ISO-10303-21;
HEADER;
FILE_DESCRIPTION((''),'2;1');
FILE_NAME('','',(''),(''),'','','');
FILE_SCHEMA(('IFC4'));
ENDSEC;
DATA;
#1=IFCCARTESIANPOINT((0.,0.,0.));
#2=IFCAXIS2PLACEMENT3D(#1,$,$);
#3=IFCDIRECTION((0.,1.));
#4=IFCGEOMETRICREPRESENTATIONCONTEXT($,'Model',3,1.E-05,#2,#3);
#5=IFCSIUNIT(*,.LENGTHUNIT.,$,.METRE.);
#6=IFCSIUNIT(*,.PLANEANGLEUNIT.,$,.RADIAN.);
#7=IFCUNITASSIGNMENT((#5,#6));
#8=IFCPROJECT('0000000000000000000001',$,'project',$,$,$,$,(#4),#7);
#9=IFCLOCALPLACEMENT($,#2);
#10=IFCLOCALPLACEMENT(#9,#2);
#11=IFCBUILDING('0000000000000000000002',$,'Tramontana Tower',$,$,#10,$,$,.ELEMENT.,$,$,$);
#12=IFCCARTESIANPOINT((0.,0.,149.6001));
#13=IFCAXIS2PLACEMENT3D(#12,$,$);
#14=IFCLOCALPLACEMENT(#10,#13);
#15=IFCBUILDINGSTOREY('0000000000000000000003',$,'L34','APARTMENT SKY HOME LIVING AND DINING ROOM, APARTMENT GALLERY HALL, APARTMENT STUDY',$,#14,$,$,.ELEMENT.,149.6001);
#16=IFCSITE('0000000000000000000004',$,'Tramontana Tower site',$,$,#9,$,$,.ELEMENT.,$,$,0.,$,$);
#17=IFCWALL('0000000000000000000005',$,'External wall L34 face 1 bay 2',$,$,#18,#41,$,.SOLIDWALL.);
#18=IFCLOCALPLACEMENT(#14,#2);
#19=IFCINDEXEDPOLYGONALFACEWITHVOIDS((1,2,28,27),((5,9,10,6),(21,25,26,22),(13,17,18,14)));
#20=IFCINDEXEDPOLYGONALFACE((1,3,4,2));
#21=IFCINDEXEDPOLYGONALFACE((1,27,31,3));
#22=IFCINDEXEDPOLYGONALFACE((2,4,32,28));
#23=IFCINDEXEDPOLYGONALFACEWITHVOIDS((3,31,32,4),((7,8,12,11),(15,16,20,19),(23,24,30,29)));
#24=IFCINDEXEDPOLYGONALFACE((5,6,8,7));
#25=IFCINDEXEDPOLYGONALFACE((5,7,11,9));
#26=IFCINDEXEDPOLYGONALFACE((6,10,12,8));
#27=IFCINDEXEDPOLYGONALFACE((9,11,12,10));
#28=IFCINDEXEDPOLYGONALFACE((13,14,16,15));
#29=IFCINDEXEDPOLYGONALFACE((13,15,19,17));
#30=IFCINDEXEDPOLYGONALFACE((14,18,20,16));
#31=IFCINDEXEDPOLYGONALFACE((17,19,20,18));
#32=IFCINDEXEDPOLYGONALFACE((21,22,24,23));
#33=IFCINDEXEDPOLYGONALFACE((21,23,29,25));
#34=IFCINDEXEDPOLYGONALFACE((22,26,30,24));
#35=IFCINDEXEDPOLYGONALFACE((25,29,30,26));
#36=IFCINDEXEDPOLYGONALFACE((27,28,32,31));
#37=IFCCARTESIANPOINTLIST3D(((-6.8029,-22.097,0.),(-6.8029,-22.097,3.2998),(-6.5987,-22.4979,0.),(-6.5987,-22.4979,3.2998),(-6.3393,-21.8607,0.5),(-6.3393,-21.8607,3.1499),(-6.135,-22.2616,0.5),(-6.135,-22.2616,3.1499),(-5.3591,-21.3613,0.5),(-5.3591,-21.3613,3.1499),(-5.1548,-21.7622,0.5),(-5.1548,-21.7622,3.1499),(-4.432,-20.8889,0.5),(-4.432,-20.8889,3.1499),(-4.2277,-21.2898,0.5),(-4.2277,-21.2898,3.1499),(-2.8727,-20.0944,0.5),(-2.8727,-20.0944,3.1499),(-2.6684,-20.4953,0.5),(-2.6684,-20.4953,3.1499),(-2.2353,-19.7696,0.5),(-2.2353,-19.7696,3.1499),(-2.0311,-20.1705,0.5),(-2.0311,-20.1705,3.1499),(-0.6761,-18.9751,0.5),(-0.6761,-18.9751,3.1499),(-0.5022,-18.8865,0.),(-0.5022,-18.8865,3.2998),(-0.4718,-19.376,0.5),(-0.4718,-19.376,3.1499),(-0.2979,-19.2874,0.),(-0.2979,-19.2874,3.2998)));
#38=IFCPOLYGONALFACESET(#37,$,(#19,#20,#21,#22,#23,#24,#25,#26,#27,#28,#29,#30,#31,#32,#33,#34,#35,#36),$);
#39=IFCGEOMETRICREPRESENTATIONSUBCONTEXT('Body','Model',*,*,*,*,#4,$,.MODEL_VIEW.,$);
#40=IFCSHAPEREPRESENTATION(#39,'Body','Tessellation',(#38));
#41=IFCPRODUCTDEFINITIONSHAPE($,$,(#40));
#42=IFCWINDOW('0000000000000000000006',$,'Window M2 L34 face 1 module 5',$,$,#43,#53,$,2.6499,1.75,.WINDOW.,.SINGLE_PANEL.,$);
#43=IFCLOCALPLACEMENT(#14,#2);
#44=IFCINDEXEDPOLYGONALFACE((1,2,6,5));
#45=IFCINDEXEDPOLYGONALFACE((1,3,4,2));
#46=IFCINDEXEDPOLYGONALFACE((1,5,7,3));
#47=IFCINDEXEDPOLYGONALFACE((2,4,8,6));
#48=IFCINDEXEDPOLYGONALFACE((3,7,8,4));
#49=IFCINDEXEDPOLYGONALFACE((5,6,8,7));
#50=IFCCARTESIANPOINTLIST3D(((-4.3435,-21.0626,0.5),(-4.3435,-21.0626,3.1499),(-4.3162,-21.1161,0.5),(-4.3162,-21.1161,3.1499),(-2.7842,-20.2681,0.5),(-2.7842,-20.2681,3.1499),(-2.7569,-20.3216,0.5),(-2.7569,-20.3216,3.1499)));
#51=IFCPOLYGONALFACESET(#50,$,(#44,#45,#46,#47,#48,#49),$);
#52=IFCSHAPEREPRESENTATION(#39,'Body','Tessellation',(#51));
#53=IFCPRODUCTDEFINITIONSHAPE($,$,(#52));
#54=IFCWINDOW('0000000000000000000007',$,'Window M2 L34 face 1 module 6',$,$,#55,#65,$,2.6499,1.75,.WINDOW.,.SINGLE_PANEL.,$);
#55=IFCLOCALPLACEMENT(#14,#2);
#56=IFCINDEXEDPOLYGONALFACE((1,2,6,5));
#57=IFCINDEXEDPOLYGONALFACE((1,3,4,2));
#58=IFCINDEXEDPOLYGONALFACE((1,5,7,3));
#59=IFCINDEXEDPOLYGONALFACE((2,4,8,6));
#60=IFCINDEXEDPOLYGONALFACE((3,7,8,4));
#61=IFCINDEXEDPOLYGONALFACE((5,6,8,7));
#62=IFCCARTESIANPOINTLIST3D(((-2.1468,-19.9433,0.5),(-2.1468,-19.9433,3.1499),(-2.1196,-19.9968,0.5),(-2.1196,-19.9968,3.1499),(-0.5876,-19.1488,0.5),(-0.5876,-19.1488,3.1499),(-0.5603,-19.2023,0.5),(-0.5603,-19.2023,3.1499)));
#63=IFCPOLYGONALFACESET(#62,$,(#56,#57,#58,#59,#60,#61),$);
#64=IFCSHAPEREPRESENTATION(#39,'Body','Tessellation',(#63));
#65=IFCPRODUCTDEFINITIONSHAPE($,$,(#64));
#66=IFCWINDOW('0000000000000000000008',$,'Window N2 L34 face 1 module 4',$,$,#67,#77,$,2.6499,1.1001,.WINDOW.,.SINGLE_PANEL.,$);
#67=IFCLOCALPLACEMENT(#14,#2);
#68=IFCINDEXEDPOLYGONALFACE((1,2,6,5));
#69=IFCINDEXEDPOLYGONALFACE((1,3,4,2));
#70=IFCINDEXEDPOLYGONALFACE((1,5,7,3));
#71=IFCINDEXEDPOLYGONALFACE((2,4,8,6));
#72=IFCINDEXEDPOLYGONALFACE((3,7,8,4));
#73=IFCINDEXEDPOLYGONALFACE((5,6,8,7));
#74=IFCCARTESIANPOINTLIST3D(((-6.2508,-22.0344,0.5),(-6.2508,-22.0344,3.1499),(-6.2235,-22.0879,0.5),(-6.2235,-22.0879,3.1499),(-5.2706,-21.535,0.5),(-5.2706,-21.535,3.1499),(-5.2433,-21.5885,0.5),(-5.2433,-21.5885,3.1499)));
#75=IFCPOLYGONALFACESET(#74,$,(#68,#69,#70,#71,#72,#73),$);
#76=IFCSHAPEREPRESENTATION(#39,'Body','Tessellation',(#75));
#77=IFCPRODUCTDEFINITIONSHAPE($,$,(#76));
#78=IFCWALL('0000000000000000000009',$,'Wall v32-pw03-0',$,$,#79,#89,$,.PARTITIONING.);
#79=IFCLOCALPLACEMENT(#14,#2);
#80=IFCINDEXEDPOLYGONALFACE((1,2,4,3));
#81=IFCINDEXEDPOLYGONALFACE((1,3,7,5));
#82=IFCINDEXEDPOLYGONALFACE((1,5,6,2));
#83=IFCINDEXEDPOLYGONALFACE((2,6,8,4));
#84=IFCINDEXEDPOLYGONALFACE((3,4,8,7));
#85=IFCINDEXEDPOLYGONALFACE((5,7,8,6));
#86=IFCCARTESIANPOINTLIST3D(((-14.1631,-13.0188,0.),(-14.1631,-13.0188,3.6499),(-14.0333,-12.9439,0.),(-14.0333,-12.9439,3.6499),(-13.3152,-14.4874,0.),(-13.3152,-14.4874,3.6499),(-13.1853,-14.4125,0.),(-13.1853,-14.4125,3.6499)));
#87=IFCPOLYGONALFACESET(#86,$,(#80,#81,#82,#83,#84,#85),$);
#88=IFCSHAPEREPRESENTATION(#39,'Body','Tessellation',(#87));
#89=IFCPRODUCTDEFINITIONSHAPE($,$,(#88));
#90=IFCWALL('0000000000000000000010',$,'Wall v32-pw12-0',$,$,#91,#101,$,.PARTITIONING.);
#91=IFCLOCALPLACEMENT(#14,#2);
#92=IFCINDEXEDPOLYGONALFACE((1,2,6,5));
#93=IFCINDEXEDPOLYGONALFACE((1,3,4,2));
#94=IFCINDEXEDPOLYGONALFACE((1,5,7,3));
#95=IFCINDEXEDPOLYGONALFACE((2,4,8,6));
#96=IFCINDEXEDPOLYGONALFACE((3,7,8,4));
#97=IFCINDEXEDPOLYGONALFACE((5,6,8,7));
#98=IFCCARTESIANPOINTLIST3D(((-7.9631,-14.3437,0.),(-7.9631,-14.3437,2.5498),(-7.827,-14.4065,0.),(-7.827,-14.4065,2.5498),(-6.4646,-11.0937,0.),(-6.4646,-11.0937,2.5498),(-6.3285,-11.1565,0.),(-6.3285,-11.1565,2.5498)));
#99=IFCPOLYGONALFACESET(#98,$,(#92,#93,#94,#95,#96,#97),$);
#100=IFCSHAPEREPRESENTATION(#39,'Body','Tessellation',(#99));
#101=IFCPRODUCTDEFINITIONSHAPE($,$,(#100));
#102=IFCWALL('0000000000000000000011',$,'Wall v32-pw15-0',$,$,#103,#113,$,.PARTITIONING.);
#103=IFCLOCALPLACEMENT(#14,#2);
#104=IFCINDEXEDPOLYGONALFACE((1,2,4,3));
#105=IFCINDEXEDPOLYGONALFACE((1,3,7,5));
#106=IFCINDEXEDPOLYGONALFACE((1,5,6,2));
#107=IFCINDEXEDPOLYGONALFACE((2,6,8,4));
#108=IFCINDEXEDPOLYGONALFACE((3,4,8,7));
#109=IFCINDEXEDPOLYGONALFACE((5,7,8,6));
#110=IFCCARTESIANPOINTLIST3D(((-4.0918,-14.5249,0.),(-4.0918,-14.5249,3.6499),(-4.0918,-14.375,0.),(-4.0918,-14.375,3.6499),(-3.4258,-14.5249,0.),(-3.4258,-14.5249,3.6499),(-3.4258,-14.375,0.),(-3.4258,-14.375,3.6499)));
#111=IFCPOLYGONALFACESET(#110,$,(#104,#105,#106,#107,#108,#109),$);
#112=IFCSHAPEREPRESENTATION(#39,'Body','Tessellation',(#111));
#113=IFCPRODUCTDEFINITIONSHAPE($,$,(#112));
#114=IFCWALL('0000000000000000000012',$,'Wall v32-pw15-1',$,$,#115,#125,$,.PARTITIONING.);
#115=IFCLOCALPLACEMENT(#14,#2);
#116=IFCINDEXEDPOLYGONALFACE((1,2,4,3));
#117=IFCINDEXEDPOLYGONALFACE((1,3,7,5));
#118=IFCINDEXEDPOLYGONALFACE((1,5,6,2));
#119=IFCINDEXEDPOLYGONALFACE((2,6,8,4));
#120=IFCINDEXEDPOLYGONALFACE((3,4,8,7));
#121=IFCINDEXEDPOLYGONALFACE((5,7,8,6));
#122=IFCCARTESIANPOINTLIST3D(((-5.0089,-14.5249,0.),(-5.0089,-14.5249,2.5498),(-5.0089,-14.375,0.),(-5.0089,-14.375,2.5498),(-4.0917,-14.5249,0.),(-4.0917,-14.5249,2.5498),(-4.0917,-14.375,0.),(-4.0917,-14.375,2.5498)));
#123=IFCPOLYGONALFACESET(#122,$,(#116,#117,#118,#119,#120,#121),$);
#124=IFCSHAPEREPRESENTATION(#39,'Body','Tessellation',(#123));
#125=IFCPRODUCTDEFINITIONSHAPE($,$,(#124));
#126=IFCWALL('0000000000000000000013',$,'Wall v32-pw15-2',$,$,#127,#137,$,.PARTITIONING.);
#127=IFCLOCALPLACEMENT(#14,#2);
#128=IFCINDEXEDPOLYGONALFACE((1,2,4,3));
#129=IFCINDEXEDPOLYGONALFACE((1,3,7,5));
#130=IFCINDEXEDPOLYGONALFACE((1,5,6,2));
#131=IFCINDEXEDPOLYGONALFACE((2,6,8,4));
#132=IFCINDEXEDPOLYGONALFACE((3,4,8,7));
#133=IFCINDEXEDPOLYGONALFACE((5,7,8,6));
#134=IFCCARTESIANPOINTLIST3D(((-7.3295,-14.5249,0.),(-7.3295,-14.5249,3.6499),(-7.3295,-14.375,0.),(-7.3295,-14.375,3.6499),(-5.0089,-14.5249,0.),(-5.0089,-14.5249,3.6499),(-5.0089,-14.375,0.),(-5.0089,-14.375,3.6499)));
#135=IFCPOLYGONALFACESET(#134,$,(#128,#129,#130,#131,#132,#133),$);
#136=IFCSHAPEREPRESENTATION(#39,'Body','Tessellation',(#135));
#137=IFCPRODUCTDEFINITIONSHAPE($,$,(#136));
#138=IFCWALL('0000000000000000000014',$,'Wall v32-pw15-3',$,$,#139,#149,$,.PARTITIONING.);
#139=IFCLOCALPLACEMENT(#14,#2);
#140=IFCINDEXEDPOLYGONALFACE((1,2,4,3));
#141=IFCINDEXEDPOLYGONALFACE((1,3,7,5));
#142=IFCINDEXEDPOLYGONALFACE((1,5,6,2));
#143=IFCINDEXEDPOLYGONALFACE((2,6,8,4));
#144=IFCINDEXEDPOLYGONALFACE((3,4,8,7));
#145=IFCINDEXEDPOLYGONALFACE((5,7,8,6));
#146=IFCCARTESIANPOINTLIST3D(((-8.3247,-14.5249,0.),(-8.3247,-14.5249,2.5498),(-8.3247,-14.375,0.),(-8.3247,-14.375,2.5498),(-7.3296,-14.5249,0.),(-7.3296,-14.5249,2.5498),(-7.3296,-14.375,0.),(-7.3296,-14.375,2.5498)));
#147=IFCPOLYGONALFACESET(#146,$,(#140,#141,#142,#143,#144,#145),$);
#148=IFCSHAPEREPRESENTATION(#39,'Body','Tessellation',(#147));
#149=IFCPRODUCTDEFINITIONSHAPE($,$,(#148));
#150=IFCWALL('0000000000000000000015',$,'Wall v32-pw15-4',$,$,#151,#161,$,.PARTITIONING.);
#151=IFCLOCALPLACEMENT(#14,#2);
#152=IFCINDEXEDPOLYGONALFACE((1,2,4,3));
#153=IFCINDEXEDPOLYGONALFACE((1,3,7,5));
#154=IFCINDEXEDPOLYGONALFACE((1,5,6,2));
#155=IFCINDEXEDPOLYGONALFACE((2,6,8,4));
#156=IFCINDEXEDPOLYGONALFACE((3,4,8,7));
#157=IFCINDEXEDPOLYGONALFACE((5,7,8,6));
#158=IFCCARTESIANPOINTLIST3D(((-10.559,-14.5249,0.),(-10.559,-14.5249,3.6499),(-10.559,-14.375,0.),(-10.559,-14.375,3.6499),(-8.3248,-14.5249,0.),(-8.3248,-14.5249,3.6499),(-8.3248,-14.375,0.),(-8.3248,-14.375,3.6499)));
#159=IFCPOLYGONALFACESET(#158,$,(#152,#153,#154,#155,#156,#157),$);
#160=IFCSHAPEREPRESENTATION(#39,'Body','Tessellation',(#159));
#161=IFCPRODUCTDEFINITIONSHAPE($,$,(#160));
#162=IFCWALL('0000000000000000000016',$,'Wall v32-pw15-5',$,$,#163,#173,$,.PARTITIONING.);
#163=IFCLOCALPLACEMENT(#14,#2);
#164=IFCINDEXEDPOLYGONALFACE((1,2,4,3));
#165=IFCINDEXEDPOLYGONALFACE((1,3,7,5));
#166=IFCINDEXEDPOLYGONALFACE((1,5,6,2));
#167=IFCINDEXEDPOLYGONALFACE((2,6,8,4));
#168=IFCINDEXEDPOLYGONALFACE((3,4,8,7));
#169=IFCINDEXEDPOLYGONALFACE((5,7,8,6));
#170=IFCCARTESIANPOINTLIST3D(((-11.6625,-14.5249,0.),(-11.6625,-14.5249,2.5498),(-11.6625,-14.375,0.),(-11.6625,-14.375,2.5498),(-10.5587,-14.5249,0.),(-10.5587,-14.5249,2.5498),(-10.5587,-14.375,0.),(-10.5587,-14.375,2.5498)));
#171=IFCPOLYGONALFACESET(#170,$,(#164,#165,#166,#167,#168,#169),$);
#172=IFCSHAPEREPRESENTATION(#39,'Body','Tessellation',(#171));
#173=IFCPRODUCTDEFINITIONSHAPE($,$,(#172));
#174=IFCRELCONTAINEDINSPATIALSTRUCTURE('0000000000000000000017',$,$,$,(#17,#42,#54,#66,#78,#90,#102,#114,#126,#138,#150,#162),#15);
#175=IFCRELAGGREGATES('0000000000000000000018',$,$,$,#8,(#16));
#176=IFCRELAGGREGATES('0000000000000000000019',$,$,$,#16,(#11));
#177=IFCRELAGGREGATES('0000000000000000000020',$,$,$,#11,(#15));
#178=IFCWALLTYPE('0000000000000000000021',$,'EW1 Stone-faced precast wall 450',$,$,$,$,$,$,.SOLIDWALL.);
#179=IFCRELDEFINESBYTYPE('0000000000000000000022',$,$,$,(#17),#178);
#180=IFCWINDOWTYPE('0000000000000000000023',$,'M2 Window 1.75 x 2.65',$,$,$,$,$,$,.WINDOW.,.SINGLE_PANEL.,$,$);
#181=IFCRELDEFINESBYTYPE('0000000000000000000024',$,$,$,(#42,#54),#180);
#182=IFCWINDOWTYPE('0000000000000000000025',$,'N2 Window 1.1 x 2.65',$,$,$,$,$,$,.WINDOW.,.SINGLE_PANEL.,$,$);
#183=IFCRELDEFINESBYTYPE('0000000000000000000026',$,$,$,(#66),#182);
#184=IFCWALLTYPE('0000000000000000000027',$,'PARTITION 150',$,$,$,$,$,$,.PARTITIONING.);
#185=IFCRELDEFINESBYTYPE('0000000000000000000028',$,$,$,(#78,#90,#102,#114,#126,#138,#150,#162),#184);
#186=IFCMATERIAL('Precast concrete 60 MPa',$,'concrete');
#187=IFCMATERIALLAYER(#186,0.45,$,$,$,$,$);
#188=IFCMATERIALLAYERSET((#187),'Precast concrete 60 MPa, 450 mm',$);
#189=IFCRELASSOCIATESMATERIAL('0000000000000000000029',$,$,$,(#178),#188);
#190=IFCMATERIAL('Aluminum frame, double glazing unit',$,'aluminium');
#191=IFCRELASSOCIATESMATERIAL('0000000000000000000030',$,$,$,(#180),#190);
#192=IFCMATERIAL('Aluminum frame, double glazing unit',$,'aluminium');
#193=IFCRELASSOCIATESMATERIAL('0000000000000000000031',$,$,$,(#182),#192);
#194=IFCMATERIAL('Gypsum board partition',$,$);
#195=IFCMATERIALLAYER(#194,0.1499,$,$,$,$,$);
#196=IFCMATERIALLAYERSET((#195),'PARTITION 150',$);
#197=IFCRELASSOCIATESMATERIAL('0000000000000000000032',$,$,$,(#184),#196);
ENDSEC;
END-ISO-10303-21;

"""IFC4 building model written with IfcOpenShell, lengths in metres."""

from ifc_helpers import new_model, si_unit, direction, frame, frame_2d, origin, place, context, subcontext, project, spatial, rectangle, extrude, material, layer, layer_set, type_object, element, fill, save


model = new_model("IFC4")

# Units and contexts
model_context = context("Model", 3, precision=1e-05, world=origin(), true_north=direction((0.0, 1.0)))
body_context = subcontext(model_context, "Body", "Model", "MODEL_VIEW")
ifc_project = project(units=[si_unit("LENGTHUNIT", "METRE"), si_unit("PLANEANGLEUNIT", "RADIAN")], contexts=[model_context])

# Site, building, storey
site_placement = place(None, origin())
site = spatial("IfcSite", under=ifc_project, at=site_placement, Name="Tramontana Tower site", CompositionType="ELEMENT", RefElevation=0.0)
building_placement = place(site_placement, origin())
building = spatial("IfcBuilding", under=site, at=building_placement, Name="Tramontana Tower", CompositionType="ELEMENT")
storey_placement = place(building_placement, frame((0.0, 0.0, 149.6001)))
storey = spatial("IfcBuildingStorey", under=building, at=storey_placement, Name="L34", Description="APARTMENT SKY HOME LIVING AND DINING ROOM, APARTMENT GALLERY HALL, APARTMENT STUDY", CompositionType="ELEMENT", Elevation=149.6001)

# Wall, openings, windows
ifc_material_1 = material(Name="Precast concrete 60 MPa", Category="concrete")
ifc_layer_1 = layer(ifc_material_1, 0.45)
ifc_layer_set_1 = layer_set([ifc_layer_1], Name="Precast concrete 60 MPa, 450 mm")
wall_type_1 = type_object("IfcWallType", Name="EW1 Stone-faced precast wall 450", PredefinedType="SOLIDWALL", material=ifc_layer_set_1)
ifc_material_2 = material(Name="Aluminum frame, double glazing unit", Category="aluminium")
window_type_1 = type_object("IfcWindowType", Name="M2 Window 1.75 x 2.65", PartitioningType="SINGLE_PANEL", PredefinedType="WINDOW", material=ifc_material_2)
wall_1_placement = place(storey_placement, frame((-6.7007, -22.2974, 0.0), z_axis=(0.0, 0.0, 1.0), x_axis=(0.891004, 0.453995, 0.0)))
wall_1 = element("IfcWall", 1, at=wall_1_placement, inside=storey, type_object=wall_type_1, Name="External wall L34 face 1 bay 2", PredefinedType="SOLIDWALL", context=body_context, shape_type="SweptSolid", body=[
    extrude(rectangle(XDim=7.0715, YDim=0.45, at=frame_2d((3.5356, 0.0))), origin(), (0.0, 0.0, 1.0), 3.2998),
])
opening_1_placement = place(wall_1_placement, frame((0.5203, 0.0, 0.5)))
opening_1 = element("IfcOpeningElement", 2, at=opening_1_placement, cuts=wall_1, PredefinedType="OPENING", context=body_context, shape_type="SweptSolid", body=[
    extrude(rectangle(XDim=1.1001, YDim=2.6499, at=frame_2d((0.55, 1.325))), frame((0.0, 0.2349, 0.0), z_axis=(0.0, -1.0, 0.0), x_axis=(1.0, 0.0, 0.0)), (0.0, 0.0, 1.0), 0.47),
])
opening_2_placement = place(wall_1_placement, frame((2.6609, 0.0, 0.5)))
opening_2 = element("IfcOpeningElement", 3, at=opening_2_placement, cuts=wall_1, PredefinedType="OPENING", context=body_context, shape_type="SweptSolid", body=[
    extrude(rectangle(XDim=1.75, YDim=2.6499, at=frame_2d((0.875, 1.325))), frame((0.0, 0.2349, 0.0), z_axis=(0.0, -1.0, 0.0), x_axis=(1.0, 0.0, 0.0)), (0.0, 0.0, 1.0), 0.47),
])
opening_3_placement = place(wall_1_placement, frame((5.1262, 0.0, 0.5)))
opening_3 = element("IfcOpeningElement", 4, at=opening_3_placement, cuts=wall_1, PredefinedType="OPENING", context=body_context, shape_type="SweptSolid", body=[
    extrude(rectangle(XDim=1.75, YDim=2.6499, at=frame_2d((0.875, 1.325))), frame((0.0, 0.2349, 0.0), z_axis=(0.0, -1.0, 0.0), x_axis=(1.0, 0.0, 0.0)), (0.0, 0.0, 1.0), 0.47),
])
window_1_placement = place(opening_2_placement, origin())
window_1 = element("IfcWindow", 5, at=window_1_placement, inside=storey, type_object=window_type_1, Name="Window M2 L34 face 1 module 5", OverallHeight=2.6499, OverallWidth=1.75, PartitioningType="SINGLE_PANEL", PredefinedType="WINDOW", context=body_context, shape_type="SweptSolid", body=[
    extrude(rectangle(XDim=1.75, YDim=2.6499, at=frame_2d((0.875, 1.325))), frame((0.0, 0.03, 0.0), z_axis=(0.0, -1.0, 0.0), x_axis=(1.0, 0.0, 0.0)), (0.0, 0.0, 1.0), 0.0601),
])
fill(opening_2, window_1)
window_2_placement = place(opening_3_placement, origin())
window_2 = element("IfcWindow", 6, at=window_2_placement, inside=storey, type_object=window_type_1, Name="Window M2 L34 face 1 module 6", OverallHeight=2.6499, OverallWidth=1.75, PartitioningType="SINGLE_PANEL", PredefinedType="WINDOW", context=body_context, shape_type="SweptSolid", body=[
    extrude(rectangle(XDim=1.75, YDim=2.6499, at=frame_2d((0.875, 1.325))), frame((0.0, 0.03, 0.0), z_axis=(0.0, -1.0, 0.0), x_axis=(1.0, 0.0, 0.0)), (0.0, 0.0, 1.0), 0.0601),
])
fill(opening_3, window_2)
ifc_material_3 = material(Name="Aluminum frame, double glazing unit", Category="aluminium")
window_type_2 = type_object("IfcWindowType", Name="N2 Window 1.1 x 2.65", PartitioningType="SINGLE_PANEL", PredefinedType="WINDOW", material=ifc_material_3)
window_3_placement = place(opening_1_placement, origin())
window_3 = element("IfcWindow", 7, at=window_3_placement, inside=storey, type_object=window_type_2, Name="Window N2 L34 face 1 module 4", OverallHeight=2.6499, OverallWidth=1.1001, PartitioningType="SINGLE_PANEL", PredefinedType="WINDOW", context=body_context, shape_type="SweptSolid", body=[
    extrude(rectangle(XDim=1.1001, YDim=2.6499, at=frame_2d((0.55, 1.325))), frame((0.0, 0.03, 0.0), z_axis=(0.0, -1.0, 0.0), x_axis=(1.0, 0.0, 0.0)), (0.0, 0.0, 1.0), 0.0601),
])
fill(opening_1, window_3)

# Walls
ifc_material_4 = material(Name="Gypsum board partition")
ifc_layer_2 = layer(ifc_material_4, 0.1499)
ifc_layer_set_2 = layer_set([ifc_layer_2], Name="PARTITION 150")
wall_type_2 = type_object("IfcWallType", Name="PARTITION 150", PredefinedType="PARTITIONING", material=ifc_layer_set_2)
wall_2_placement = place(storey_placement, frame((-13.2502, -14.45, 0.0), z_axis=(0.0, 0.0, 1.0), x_axis=(-0.500026, 0.866011, 0.0)))
element("IfcWall", 8, at=wall_2_placement, inside=storey, type_object=wall_type_2, Name="Wall v32-pw03-0", PredefinedType="PARTITIONING", context=body_context, shape_type="SweptSolid", body=[
    extrude(rectangle(XDim=1.6958, YDim=0.1499, at=frame_2d((0.8479, 0.0))), origin(), (0.0, 0.0, 1.0), 3.6499),
])
wall_3_placement = place(storey_placement, frame((-6.3965, -11.125, 0.0), z_axis=(0.0, 0.0, 1.0), x_axis=(-0.418721, -0.908115, 0.0)))
element("IfcWall", 9, at=wall_3_placement, inside=storey, type_object=wall_type_2, Name="Wall v32-pw12-0", PredefinedType="PARTITIONING", context=body_context, shape_type="SweptSolid", body=[
    extrude(rectangle(XDim=3.5789, YDim=0.1499, at=frame_2d((1.7896, 0.0))), origin(), (0.0, 0.0, 1.0), 2.5498),
])
wall_4_placement = place(storey_placement, frame((-3.4258, -14.45, 0.0), z_axis=(0.0, 0.0, 1.0), x_axis=(-1.0, 0.0, 0.0)))
element("IfcWall", 10, at=wall_4_placement, inside=storey, type_object=wall_type_2, Name="Wall v32-pw15-0", PredefinedType="PARTITIONING", context=body_context, shape_type="SweptSolid", body=[
    extrude(rectangle(XDim=0.666, YDim=0.1499, at=frame_2d((0.333, 0.0))), origin(), (0.0, 0.0, 1.0), 3.6499),
])
wall_5_placement = place(storey_placement, frame((-4.0918, -14.45, 0.0), z_axis=(0.0, 0.0, 1.0), x_axis=(-1.0, 0.0, 0.0)))
element("IfcWall", 11, at=wall_5_placement, inside=storey, type_object=wall_type_2, Name="Wall v32-pw15-1", PredefinedType="PARTITIONING", context=body_context, shape_type="SweptSolid", body=[
    extrude(rectangle(XDim=0.9172, YDim=0.1499, at=frame_2d((0.4585, 0.0))), origin(), (0.0, 0.0, 1.0), 2.5498),
])
wall_6_placement = place(storey_placement, frame((-5.009, -14.45, 0.0), z_axis=(0.0, 0.0, 1.0), x_axis=(-1.0, 0.0, 0.0)))
element("IfcWall", 12, at=wall_6_placement, inside=storey, type_object=wall_type_2, Name="Wall v32-pw15-2", PredefinedType="PARTITIONING", context=body_context, shape_type="SweptSolid", body=[
    extrude(rectangle(XDim=2.3206, YDim=0.1499, at=frame_2d((1.1602, 0.0))), origin(), (0.0, 0.0, 1.0), 3.6499),
])
wall_7_placement = place(storey_placement, frame((-7.3296, -14.45, 0.0), z_axis=(0.0, 0.0, 1.0), x_axis=(-1.0, 0.0, 0.0)))
element("IfcWall", 13, at=wall_7_placement, inside=storey, type_object=wall_type_2, Name="Wall v32-pw15-3", PredefinedType="PARTITIONING", context=body_context, shape_type="SweptSolid", body=[
    extrude(rectangle(XDim=0.9951, YDim=0.1499, at=frame_2d((0.4976, 0.0))), origin(), (0.0, 0.0, 1.0), 2.5498),
])
wall_8_placement = place(storey_placement, frame((-8.3247, -14.45, 0.0), z_axis=(0.0, 0.0, 1.0), x_axis=(-1.0, 0.0, 0.0)))
element("IfcWall", 14, at=wall_8_placement, inside=storey, type_object=wall_type_2, Name="Wall v32-pw15-4", PredefinedType="PARTITIONING", context=body_context, shape_type="SweptSolid", body=[
    extrude(rectangle(XDim=2.2341, YDim=0.1499, at=frame_2d((1.1172, 0.0))), origin(), (0.0, 0.0, 1.0), 3.6499),
])
wall_9_placement = place(storey_placement, frame((-10.5588, -14.45, 0.0), z_axis=(0.0, 0.0, 1.0), x_axis=(-1.0, 0.0, 0.0)))
element("IfcWall", 15, at=wall_9_placement, inside=storey, type_object=wall_type_2, Name="Wall v32-pw15-5", PredefinedType="PARTITIONING", context=body_context, shape_type="SweptSolid", body=[
    extrude(rectangle(XDim=1.1038, YDim=0.1499, at=frame_2d((0.5518, 0.0))), origin(), (0.0, 0.0, 1.0), 2.5498),
])

save(model, "model.ifc")
